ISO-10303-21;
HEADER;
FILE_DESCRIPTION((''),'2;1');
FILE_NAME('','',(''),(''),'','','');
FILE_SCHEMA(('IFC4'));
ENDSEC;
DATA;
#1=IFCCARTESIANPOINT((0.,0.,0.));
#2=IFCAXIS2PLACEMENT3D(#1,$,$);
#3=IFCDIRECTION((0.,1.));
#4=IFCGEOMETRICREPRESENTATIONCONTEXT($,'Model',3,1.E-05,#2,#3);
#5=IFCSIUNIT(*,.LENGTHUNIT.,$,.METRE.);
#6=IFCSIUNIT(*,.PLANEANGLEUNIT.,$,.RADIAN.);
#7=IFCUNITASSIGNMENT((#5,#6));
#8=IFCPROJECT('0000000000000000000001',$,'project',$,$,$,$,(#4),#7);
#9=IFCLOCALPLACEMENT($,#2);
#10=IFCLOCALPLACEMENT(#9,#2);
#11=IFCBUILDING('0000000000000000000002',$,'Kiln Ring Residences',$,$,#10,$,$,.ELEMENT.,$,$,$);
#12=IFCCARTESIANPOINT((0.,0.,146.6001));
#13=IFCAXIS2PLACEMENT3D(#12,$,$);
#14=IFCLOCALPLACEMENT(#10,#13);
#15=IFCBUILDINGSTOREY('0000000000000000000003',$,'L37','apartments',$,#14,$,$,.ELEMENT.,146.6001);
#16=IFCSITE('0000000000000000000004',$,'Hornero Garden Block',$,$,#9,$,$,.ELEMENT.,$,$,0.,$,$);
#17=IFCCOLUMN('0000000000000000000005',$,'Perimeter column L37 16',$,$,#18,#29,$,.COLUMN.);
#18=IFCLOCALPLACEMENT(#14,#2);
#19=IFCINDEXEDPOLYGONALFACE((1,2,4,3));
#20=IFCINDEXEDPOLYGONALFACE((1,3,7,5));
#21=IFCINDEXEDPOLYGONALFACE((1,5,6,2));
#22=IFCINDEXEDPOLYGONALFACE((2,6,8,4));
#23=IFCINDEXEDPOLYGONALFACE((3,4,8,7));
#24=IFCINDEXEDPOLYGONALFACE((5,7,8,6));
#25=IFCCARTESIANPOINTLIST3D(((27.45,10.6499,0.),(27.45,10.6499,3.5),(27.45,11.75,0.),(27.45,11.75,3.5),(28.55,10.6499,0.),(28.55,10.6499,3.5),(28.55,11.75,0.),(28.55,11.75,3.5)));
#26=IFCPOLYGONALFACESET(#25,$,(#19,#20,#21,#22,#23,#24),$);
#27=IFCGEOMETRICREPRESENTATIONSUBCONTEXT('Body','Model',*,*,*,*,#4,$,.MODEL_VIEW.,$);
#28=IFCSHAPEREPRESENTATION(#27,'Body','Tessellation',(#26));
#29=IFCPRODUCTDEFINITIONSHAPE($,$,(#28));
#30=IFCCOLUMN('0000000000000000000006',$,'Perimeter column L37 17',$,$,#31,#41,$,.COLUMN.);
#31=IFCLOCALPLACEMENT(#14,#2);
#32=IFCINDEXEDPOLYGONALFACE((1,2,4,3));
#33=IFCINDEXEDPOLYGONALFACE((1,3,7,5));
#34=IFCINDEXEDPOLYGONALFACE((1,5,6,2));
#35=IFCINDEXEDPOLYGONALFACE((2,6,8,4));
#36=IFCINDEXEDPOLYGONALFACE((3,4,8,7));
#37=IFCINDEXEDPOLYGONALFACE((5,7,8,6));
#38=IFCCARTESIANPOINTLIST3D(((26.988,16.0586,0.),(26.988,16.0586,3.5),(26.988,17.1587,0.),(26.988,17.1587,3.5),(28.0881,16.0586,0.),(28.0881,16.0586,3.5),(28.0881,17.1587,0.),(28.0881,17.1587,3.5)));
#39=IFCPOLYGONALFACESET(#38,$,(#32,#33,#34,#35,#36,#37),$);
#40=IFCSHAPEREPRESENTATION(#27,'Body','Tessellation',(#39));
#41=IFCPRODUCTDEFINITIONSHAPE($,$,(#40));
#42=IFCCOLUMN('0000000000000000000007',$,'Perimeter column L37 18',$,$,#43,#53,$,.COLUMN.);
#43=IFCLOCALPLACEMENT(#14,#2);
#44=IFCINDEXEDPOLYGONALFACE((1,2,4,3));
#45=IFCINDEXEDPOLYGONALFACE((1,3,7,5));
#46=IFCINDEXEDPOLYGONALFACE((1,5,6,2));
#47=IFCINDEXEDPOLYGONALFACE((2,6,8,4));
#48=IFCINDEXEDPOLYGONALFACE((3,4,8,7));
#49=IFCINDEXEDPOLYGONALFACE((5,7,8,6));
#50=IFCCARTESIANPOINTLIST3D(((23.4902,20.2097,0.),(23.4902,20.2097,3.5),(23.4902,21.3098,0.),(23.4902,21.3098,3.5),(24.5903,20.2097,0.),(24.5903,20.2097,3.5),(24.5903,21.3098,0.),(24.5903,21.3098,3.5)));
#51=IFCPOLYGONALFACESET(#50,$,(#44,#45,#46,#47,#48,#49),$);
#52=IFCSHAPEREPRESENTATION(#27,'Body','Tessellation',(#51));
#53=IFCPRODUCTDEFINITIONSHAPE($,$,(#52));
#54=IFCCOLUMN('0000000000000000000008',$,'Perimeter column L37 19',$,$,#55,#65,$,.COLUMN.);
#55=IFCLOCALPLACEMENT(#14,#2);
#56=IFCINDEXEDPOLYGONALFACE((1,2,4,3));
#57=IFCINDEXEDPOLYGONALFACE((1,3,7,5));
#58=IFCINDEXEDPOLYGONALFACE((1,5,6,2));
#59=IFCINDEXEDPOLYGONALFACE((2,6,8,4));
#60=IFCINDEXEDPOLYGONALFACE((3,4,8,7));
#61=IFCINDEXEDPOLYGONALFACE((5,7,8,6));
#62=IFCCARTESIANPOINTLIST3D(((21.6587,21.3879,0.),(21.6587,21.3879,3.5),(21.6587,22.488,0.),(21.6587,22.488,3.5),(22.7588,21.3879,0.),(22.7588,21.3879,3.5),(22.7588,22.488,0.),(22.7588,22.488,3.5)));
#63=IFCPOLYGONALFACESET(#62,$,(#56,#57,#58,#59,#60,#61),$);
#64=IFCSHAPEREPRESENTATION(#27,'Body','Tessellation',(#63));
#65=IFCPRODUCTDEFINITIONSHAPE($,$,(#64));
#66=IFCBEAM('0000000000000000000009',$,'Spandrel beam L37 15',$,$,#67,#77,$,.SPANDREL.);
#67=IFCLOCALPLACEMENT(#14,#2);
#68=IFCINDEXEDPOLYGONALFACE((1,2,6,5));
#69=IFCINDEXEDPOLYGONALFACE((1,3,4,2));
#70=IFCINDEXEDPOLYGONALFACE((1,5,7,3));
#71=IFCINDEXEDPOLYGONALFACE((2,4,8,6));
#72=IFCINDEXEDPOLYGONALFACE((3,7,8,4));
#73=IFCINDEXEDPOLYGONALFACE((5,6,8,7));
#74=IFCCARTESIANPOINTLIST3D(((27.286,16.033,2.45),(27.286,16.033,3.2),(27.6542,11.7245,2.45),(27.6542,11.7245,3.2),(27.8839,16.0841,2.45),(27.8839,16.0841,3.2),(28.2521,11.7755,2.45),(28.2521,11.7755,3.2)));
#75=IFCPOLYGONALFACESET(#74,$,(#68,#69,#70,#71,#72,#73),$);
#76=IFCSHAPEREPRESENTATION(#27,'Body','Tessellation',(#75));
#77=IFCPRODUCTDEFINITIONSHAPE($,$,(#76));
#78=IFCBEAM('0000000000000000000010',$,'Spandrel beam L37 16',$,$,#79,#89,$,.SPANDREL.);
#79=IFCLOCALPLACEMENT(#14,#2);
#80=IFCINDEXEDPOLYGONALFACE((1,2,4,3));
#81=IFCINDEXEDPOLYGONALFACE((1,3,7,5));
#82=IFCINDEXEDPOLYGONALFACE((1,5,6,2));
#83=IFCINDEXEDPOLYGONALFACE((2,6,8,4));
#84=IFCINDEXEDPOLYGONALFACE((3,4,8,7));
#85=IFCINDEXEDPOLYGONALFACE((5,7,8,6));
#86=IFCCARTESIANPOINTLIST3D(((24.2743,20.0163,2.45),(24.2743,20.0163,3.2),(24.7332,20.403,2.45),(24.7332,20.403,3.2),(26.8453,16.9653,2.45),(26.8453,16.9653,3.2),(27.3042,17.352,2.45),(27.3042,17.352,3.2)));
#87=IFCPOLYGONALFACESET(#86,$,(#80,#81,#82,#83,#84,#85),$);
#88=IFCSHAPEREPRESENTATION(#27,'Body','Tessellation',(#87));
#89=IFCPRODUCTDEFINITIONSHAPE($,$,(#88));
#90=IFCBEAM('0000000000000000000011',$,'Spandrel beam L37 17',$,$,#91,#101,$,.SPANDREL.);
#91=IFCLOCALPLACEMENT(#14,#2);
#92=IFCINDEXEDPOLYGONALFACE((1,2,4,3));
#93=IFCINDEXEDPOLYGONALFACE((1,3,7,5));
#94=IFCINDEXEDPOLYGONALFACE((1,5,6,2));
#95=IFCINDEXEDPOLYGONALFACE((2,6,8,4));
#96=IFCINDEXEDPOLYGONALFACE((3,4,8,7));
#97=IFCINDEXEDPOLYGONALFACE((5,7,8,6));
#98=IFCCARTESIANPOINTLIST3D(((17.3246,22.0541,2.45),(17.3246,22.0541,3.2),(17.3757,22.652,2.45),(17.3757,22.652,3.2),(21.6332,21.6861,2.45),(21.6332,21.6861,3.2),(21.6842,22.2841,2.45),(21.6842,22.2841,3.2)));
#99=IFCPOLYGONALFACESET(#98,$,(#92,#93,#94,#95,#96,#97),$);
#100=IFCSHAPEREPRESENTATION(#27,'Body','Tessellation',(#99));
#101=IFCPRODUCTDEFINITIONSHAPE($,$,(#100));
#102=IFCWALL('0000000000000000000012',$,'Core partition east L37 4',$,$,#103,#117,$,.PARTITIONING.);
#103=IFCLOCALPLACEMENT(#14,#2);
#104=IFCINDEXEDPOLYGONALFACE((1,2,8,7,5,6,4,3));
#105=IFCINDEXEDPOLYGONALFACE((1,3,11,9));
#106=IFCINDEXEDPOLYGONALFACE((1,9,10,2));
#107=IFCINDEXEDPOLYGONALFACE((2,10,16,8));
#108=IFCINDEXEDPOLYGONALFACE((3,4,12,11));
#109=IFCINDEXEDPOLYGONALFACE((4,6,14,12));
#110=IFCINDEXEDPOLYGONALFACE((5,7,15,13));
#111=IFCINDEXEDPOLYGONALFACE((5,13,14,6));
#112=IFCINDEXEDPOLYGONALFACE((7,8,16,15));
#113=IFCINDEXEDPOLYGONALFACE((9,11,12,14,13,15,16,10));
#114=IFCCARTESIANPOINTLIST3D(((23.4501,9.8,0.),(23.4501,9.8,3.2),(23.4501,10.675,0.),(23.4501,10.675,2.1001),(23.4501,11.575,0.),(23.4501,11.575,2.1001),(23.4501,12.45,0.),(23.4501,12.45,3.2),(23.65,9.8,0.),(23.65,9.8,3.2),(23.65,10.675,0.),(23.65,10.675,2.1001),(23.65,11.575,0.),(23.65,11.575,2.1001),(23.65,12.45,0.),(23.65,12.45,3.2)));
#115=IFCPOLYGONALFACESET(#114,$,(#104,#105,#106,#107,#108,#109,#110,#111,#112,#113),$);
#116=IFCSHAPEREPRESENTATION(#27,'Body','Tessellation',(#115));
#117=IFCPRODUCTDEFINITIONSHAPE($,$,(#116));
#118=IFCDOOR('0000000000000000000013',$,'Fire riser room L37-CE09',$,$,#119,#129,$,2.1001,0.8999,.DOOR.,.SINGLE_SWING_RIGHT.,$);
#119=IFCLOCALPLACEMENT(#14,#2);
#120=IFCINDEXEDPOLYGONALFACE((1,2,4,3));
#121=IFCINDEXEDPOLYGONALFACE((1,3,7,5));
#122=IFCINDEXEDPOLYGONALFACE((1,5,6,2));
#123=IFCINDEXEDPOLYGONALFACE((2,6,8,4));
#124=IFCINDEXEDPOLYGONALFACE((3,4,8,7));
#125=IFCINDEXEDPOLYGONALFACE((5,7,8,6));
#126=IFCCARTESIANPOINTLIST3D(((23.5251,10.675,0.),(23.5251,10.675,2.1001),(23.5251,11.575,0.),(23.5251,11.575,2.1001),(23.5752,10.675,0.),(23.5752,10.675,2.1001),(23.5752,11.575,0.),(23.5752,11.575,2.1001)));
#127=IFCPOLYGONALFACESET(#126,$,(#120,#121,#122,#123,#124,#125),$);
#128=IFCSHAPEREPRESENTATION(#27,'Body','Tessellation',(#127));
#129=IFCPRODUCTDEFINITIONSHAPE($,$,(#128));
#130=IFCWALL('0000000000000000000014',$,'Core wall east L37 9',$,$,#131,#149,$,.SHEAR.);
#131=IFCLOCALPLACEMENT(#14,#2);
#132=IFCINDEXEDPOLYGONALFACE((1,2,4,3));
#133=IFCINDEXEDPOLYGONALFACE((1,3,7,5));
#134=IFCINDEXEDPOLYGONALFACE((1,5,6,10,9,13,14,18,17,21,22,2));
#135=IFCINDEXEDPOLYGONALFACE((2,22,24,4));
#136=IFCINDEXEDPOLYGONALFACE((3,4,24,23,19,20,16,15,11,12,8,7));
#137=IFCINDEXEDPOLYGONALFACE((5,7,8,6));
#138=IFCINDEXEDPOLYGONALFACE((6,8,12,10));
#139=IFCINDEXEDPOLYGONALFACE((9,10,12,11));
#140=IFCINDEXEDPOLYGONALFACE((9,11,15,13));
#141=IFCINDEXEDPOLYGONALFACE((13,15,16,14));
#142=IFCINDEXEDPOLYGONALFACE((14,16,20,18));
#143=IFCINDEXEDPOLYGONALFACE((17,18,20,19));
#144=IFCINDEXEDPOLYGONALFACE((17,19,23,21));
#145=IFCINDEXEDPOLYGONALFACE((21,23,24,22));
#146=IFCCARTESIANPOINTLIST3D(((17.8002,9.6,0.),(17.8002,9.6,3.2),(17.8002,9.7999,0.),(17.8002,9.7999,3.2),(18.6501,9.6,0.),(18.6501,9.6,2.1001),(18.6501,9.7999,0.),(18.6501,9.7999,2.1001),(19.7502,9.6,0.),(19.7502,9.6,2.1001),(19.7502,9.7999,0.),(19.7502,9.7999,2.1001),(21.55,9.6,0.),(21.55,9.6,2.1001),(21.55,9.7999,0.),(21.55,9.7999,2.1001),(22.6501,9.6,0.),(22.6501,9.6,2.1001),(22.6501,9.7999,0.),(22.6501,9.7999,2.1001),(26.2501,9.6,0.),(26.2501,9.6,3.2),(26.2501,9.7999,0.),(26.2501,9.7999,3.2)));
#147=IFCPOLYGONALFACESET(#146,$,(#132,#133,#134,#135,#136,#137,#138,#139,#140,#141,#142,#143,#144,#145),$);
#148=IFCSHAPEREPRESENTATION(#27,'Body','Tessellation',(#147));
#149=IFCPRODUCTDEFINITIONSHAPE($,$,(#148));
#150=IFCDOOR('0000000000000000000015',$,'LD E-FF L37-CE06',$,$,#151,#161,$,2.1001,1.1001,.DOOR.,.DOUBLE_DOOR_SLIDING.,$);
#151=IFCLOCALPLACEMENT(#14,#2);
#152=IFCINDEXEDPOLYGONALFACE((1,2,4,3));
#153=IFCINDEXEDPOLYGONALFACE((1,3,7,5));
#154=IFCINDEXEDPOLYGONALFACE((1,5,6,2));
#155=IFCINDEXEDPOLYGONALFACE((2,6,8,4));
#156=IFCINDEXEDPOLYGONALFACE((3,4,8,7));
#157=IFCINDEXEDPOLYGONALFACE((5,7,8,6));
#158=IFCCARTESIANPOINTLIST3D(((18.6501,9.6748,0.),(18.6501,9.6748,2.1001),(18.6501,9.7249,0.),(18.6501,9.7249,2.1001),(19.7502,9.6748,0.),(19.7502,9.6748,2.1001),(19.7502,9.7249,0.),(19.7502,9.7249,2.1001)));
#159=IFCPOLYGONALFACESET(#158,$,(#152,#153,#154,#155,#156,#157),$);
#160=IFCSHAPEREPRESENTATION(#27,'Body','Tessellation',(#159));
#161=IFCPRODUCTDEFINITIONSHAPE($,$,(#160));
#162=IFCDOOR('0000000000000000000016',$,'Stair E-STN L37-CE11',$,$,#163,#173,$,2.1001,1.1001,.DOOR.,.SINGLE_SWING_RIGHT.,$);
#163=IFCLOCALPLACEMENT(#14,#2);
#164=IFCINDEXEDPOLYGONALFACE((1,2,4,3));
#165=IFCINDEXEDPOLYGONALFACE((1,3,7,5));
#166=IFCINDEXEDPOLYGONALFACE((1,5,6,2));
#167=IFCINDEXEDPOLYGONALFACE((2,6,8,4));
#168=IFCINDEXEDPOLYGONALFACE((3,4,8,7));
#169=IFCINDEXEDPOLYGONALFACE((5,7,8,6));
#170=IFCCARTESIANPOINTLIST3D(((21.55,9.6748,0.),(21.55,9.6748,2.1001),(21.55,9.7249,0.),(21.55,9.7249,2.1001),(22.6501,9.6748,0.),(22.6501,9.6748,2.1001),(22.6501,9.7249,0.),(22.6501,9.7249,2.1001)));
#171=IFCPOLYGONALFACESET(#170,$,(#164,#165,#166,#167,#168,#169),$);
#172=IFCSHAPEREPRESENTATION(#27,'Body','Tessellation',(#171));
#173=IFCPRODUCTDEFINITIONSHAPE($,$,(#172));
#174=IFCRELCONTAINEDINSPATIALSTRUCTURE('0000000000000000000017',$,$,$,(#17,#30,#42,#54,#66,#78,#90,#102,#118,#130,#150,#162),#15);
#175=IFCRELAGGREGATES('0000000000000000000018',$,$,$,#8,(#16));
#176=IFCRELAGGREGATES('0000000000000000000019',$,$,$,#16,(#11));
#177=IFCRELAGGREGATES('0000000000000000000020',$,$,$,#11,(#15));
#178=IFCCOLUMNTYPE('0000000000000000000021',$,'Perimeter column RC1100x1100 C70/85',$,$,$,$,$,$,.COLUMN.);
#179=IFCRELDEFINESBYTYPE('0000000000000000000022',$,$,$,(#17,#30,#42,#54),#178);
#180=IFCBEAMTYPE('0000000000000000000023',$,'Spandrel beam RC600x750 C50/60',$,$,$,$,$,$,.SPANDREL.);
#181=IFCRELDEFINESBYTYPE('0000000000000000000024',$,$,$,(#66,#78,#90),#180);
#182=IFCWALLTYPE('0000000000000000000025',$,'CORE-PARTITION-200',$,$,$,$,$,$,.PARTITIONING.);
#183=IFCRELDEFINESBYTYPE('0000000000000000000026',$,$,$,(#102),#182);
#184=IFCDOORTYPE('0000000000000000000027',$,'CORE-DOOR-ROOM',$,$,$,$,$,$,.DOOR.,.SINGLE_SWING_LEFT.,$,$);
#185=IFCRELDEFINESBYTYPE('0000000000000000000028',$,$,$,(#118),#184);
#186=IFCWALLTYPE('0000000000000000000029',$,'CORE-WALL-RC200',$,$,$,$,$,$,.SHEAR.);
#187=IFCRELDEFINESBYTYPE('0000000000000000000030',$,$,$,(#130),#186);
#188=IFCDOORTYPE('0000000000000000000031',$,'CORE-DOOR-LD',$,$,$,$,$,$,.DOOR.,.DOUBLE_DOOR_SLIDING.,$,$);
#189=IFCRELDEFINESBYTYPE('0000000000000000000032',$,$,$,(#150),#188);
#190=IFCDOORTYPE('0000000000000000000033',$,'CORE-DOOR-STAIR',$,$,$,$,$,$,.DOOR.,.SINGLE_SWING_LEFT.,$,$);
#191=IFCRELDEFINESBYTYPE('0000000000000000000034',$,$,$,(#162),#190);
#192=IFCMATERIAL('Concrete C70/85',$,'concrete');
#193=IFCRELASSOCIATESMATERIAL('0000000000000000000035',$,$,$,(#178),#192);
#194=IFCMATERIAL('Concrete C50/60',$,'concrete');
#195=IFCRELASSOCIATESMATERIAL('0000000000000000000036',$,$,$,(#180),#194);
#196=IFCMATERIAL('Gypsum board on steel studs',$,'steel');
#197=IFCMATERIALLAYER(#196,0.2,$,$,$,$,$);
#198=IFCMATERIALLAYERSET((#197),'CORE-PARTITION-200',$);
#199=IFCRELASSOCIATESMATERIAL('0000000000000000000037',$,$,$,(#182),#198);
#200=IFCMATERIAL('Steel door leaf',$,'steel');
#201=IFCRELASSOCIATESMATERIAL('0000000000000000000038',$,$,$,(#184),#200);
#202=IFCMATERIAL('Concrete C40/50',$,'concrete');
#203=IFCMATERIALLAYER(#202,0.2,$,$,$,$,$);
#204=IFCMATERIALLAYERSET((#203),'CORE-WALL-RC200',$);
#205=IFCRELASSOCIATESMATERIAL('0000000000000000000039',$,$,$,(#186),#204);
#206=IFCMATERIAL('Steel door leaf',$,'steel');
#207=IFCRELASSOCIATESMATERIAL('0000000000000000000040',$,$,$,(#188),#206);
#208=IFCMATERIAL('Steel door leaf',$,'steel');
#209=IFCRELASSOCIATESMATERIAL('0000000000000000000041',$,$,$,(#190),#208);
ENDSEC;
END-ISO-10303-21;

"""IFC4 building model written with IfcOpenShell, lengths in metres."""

from ifc_helpers import new_model, si_unit, direction, frame, frame_2d, origin, origin_2d, place, context, subcontext, project, spatial, rectangle, extrude, material, layer, layer_set, material_profile, profile_set, type_object, element, fill, save


model = new_model("IFC4")

# Units and contexts
model_context = context("Model", 3, precision=1e-05, world=origin(), true_north=direction((0.0, 1.0)))
body_context = subcontext(model_context, "Body", "Model", "MODEL_VIEW")
ifc_project = project(units=[si_unit("LENGTHUNIT", "METRE"), si_unit("PLANEANGLEUNIT", "RADIAN")], contexts=[model_context])

# Site, building, storey
site_placement = place(None, origin())
site = spatial("IfcSite", under=ifc_project, at=site_placement, Name="Hornero Garden Block", CompositionType="ELEMENT", RefElevation=0.0)
building_placement = place(site_placement, origin())
building = spatial("IfcBuilding", under=site, at=building_placement, Name="Kiln Ring Residences", CompositionType="ELEMENT")
storey_placement = place(building_placement, frame((0.0, 0.0, 146.6001)))
storey = spatial("IfcBuildingStorey", under=building, at=storey_placement, Name="L37", Description="apartments", CompositionType="ELEMENT", Elevation=146.6001)

# Columns
ifc_material_1 = material(Name="Concrete C70/85", Category="concrete")
ifc_material_profile_1 = material_profile(ifc_material_1, rectangle(XDim=1.1001, YDim=1.1001, at=origin_2d()), Name="RC1100x1100")
ifc_profile_set_1 = profile_set([ifc_material_profile_1], Name="Concrete C70/85")
column_type = type_object("IfcColumnType", Name="Perimeter column RC1100x1100 C70/85", PredefinedType="COLUMN", material=ifc_profile_set_1)
for number, where, z_axis, x_axis, name in (
    (1, (28.0, 11.2, 0.0), (0.0, 0.0, 1.0), (1.0, 0.0, 0.0), "Perimeter column L37 16"),
    (2, (27.5381, 16.6086, 0.0), (0.0, 0.0, 1.0), (1.0, 0.0, 0.0), "Perimeter column L37 17"),
    (3, (24.0403, 20.7598, 0.0), (0.0, 0.0, 1.0), (1.0, 0.0, 0.0), "Perimeter column L37 18"),
    (4, (22.2087, 21.938, 0.0), (0.0, 0.0, 1.0), (1.0, 0.0, 0.0), "Perimeter column L37 19"),
):
    element("IfcColumn", number, at=place(storey_placement, frame(where, z_axis=z_axis, x_axis=x_axis)), inside=storey, type_object=column_type, Name=name, PredefinedType="COLUMN", context=body_context, shape_type="SweptSolid", body=[
        extrude(rectangle(XDim=1.1001, YDim=1.1001, at=origin_2d()), origin(), (0.0, 0.0, 1.0), 3.5),
    ])

# Beams
ifc_material_2 = material(Name="Concrete C50/60", Category="concrete")
ifc_material_profile_2 = material_profile(ifc_material_2, rectangle(XDim=0.6001, YDim=0.75, at=origin_2d()), Name="RC600x750")
ifc_profile_set_2 = profile_set([ifc_material_profile_2], Name="Concrete C50/60")
beam_type = type_object("IfcBeamType", Name="Spandrel beam RC600x750 C50/60", PredefinedType="SPANDREL", material=ifc_profile_set_2)
beam_1_placement = place(storey_placement, frame((27.9531, 11.75, 2.825), z_axis=(-0.085139, 0.996369, 0.0), x_axis=(-0.996369, -0.085139, 0.0)))
element("IfcBeam", 5, at=beam_1_placement, inside=storey, type_object=beam_type, Name="Spandrel beam L37 15", PredefinedType="SPANDREL", context=body_context, shape_type="SweptSolid", body=[
    extrude(rectangle(XDim=0.6001, YDim=0.75, at=origin_2d()), origin(), (0.0, 0.0, 1.0), 4.3242),
])
beam_2_placement = place(storey_placement, frame((27.0747, 17.1587, 2.825), z_axis=(-0.644394, 0.764694, 0.0), x_axis=(-0.764694, -0.644394, 0.0)))
element("IfcBeam", 6, at=beam_2_placement, inside=storey, type_object=beam_type, Name="Spandrel beam L37 16", PredefinedType="SPANDREL", context=body_context, shape_type="SweptSolid", body=[
    extrude(rectangle(XDim=0.6001, YDim=0.75, at=origin_2d()), origin(), (0.0, 0.0, 1.0), 3.9897),
])
beam_3_placement = place(storey_placement, frame((21.6587, 21.9851, 2.825), z_axis=(-0.996374, 0.085082, 0.0), x_axis=(-0.085082, -0.996374, 0.0)))
element("IfcBeam", 7, at=beam_3_placement, inside=storey, type_object=beam_type, Name="Spandrel beam L37 17", PredefinedType="SPANDREL", context=body_context, shape_type="SweptSolid", body=[
    extrude(rectangle(XDim=0.6001, YDim=0.75, at=origin_2d()), origin(), (0.0, 0.0, 1.0), 4.3242),
])

# Wall, opening, door
ifc_material_3 = material(Name="Gypsum board on steel studs", Category="steel")
ifc_layer_1 = layer(ifc_material_3, 0.2)
ifc_layer_set_1 = layer_set([ifc_layer_1], Name="CORE-PARTITION-200")
wall_type_1 = type_object("IfcWallType", Name="CORE-PARTITION-200", PredefinedType="PARTITIONING", material=ifc_layer_set_1)
wall_1_placement = place(storey_placement, frame((23.55, 9.8, 0.0), z_axis=(0.0, 0.0, 1.0), x_axis=(0.0, 1.0, 0.0)))
wall_1 = element("IfcWall", 8, at=wall_1_placement, inside=storey, type_object=wall_type_1, Name="Core partition east L37 4", PredefinedType="PARTITIONING", context=body_context, shape_type="SweptSolid", body=[
    extrude(rectangle(XDim=2.6499, YDim=0.2, at=frame_2d((1.325, 0.0))), origin(), (0.0, 0.0, 1.0), 3.2),
])
opening_1_placement = place(wall_1_placement, frame((0.875, 0.0, 0.0)))
opening_1 = element("IfcOpeningElement", 9, at=opening_1_placement, cuts=wall_1, PredefinedType="OPENING", context=body_context, shape_type="SweptSolid", body=[
    extrude(rectangle(XDim=0.8999, YDim=2.1001, at=frame_2d((0.45, 1.05))), frame((0.0, 0.1099, 0.0), z_axis=(0.0, -1.0, 0.0), x_axis=(1.0, 0.0, 0.0)), (0.0, 0.0, 1.0), 0.22),
])
ifc_material_4 = material(Name="Steel door leaf", Category="steel")
door_type_1 = type_object("IfcDoorType", Name="CORE-DOOR-ROOM", OperationType="SINGLE_SWING_LEFT", PredefinedType="DOOR", material=ifc_material_4)
door_1_placement = place(opening_1_placement, origin())
door_1 = element("IfcDoor", 10, at=door_1_placement, inside=storey, type_object=door_type_1, Name="Fire riser room L37-CE09", OperationType="SINGLE_SWING_RIGHT", OverallHeight=2.1001, OverallWidth=0.8999, PredefinedType="DOOR", context=body_context, shape_type="SweptSolid", body=[
    extrude(rectangle(XDim=0.8999, YDim=2.1001, at=frame_2d((0.45, 1.05))), frame((0.0, 0.0249, 0.0), z_axis=(0.0, -1.0, 0.0), x_axis=(1.0, 0.0, 0.0)), (0.0, 0.0, 1.0), 0.05),
])
fill(opening_1, door_1)

# Wall, openings, doors
ifc_material_5 = material(Name="Concrete C40/50", Category="concrete")
ifc_layer_2 = layer(ifc_material_5, 0.2)
ifc_layer_set_2 = layer_set([ifc_layer_2], Name="CORE-WALL-RC200")
wall_type_2 = type_object("IfcWallType", Name="CORE-WALL-RC200", PredefinedType="SHEAR", material=ifc_layer_set_2)
wall_2_placement = place(storey_placement, frame((17.8, 9.7, 0.0), z_axis=(0.0, 0.0, 1.0), x_axis=(1.0, 0.0, 0.0)))
wall_2 = element("IfcWall", 11, at=wall_2_placement, inside=storey, type_object=wall_type_2, Name="Core wall east L37 9", PredefinedType="SHEAR", context=body_context, shape_type="SweptSolid", body=[
    extrude(rectangle(XDim=8.45, YDim=0.2, at=frame_2d((4.2251, 0.0))), origin(), (0.0, 0.0, 1.0), 3.2),
])
opening_2_placement = place(wall_2_placement, frame((0.8501, 0.0, 0.0)))
opening_2 = element("IfcOpeningElement", 12, at=opening_2_placement, cuts=wall_2, PredefinedType="OPENING", context=body_context, shape_type="SweptSolid", body=[
    extrude(rectangle(XDim=1.1001, YDim=2.1001, at=frame_2d((0.55, 1.05))), frame((0.0, 0.1099, 0.0), z_axis=(0.0, -1.0, 0.0), x_axis=(1.0, 0.0, 0.0)), (0.0, 0.0, 1.0), 0.22),
])
opening_3_placement = place(wall_2_placement, frame((3.75, 0.0, 0.0)))
opening_3 = element("IfcOpeningElement", 13, at=opening_3_placement, cuts=wall_2, PredefinedType="OPENING", context=body_context, shape_type="SweptSolid", body=[
    extrude(rectangle(XDim=1.1001, YDim=2.1001, at=frame_2d((0.55, 1.05))), frame((0.0, 0.1099, 0.0), z_axis=(0.0, -1.0, 0.0), x_axis=(1.0, 0.0, 0.0)), (0.0, 0.0, 1.0), 0.22),
])
ifc_material_6 = material(Name="Steel door leaf", Category="steel")
door_type_2 = type_object("IfcDoorType", Name="CORE-DOOR-LD", OperationType="DOUBLE_DOOR_SLIDING", PredefinedType="DOOR", material=ifc_material_6)
door_2_placement = place(opening_2_placement, origin())
door_2 = element("IfcDoor", 14, at=door_2_placement, inside=storey, type_object=door_type_2, Name="LD E-FF L37-CE06", OperationType="DOUBLE_DOOR_SLIDING", OverallHeight=2.1001, OverallWidth=1.1001, PredefinedType="DOOR", context=body_context, shape_type="SweptSolid", body=[
    extrude(rectangle(XDim=1.1001, YDim=2.1001, at=frame_2d((0.55, 1.05))), frame((0.0, 0.0249, 0.0), z_axis=(0.0, -1.0, 0.0), x_axis=(1.0, 0.0, 0.0)), (0.0, 0.0, 1.0), 0.05),
])
fill(opening_2, door_2)
ifc_material_7 = material(Name="Steel door leaf", Category="steel")
door_type_3 = type_object("IfcDoorType", Name="CORE-DOOR-STAIR", OperationType="SINGLE_SWING_LEFT", PredefinedType="DOOR", material=ifc_material_7)
door_3_placement = place(opening_3_placement, origin())
door_3 = element("IfcDoor", 15, at=door_3_placement, inside=storey, type_object=door_type_3, Name="Stair E-STN L37-CE11", OperationType="SINGLE_SWING_RIGHT", OverallHeight=2.1001, OverallWidth=1.1001, PredefinedType="DOOR", context=body_context, shape_type="SweptSolid", body=[
    extrude(rectangle(XDim=1.1001, YDim=2.1001, at=frame_2d((0.55, 1.05))), frame((0.0, 0.0249, 0.0), z_axis=(0.0, -1.0, 0.0), x_axis=(1.0, 0.0, 0.0)), (0.0, 0.0, 1.0), 0.05),
])
fill(opening_3, door_3)

save(model, "model.ifc")
